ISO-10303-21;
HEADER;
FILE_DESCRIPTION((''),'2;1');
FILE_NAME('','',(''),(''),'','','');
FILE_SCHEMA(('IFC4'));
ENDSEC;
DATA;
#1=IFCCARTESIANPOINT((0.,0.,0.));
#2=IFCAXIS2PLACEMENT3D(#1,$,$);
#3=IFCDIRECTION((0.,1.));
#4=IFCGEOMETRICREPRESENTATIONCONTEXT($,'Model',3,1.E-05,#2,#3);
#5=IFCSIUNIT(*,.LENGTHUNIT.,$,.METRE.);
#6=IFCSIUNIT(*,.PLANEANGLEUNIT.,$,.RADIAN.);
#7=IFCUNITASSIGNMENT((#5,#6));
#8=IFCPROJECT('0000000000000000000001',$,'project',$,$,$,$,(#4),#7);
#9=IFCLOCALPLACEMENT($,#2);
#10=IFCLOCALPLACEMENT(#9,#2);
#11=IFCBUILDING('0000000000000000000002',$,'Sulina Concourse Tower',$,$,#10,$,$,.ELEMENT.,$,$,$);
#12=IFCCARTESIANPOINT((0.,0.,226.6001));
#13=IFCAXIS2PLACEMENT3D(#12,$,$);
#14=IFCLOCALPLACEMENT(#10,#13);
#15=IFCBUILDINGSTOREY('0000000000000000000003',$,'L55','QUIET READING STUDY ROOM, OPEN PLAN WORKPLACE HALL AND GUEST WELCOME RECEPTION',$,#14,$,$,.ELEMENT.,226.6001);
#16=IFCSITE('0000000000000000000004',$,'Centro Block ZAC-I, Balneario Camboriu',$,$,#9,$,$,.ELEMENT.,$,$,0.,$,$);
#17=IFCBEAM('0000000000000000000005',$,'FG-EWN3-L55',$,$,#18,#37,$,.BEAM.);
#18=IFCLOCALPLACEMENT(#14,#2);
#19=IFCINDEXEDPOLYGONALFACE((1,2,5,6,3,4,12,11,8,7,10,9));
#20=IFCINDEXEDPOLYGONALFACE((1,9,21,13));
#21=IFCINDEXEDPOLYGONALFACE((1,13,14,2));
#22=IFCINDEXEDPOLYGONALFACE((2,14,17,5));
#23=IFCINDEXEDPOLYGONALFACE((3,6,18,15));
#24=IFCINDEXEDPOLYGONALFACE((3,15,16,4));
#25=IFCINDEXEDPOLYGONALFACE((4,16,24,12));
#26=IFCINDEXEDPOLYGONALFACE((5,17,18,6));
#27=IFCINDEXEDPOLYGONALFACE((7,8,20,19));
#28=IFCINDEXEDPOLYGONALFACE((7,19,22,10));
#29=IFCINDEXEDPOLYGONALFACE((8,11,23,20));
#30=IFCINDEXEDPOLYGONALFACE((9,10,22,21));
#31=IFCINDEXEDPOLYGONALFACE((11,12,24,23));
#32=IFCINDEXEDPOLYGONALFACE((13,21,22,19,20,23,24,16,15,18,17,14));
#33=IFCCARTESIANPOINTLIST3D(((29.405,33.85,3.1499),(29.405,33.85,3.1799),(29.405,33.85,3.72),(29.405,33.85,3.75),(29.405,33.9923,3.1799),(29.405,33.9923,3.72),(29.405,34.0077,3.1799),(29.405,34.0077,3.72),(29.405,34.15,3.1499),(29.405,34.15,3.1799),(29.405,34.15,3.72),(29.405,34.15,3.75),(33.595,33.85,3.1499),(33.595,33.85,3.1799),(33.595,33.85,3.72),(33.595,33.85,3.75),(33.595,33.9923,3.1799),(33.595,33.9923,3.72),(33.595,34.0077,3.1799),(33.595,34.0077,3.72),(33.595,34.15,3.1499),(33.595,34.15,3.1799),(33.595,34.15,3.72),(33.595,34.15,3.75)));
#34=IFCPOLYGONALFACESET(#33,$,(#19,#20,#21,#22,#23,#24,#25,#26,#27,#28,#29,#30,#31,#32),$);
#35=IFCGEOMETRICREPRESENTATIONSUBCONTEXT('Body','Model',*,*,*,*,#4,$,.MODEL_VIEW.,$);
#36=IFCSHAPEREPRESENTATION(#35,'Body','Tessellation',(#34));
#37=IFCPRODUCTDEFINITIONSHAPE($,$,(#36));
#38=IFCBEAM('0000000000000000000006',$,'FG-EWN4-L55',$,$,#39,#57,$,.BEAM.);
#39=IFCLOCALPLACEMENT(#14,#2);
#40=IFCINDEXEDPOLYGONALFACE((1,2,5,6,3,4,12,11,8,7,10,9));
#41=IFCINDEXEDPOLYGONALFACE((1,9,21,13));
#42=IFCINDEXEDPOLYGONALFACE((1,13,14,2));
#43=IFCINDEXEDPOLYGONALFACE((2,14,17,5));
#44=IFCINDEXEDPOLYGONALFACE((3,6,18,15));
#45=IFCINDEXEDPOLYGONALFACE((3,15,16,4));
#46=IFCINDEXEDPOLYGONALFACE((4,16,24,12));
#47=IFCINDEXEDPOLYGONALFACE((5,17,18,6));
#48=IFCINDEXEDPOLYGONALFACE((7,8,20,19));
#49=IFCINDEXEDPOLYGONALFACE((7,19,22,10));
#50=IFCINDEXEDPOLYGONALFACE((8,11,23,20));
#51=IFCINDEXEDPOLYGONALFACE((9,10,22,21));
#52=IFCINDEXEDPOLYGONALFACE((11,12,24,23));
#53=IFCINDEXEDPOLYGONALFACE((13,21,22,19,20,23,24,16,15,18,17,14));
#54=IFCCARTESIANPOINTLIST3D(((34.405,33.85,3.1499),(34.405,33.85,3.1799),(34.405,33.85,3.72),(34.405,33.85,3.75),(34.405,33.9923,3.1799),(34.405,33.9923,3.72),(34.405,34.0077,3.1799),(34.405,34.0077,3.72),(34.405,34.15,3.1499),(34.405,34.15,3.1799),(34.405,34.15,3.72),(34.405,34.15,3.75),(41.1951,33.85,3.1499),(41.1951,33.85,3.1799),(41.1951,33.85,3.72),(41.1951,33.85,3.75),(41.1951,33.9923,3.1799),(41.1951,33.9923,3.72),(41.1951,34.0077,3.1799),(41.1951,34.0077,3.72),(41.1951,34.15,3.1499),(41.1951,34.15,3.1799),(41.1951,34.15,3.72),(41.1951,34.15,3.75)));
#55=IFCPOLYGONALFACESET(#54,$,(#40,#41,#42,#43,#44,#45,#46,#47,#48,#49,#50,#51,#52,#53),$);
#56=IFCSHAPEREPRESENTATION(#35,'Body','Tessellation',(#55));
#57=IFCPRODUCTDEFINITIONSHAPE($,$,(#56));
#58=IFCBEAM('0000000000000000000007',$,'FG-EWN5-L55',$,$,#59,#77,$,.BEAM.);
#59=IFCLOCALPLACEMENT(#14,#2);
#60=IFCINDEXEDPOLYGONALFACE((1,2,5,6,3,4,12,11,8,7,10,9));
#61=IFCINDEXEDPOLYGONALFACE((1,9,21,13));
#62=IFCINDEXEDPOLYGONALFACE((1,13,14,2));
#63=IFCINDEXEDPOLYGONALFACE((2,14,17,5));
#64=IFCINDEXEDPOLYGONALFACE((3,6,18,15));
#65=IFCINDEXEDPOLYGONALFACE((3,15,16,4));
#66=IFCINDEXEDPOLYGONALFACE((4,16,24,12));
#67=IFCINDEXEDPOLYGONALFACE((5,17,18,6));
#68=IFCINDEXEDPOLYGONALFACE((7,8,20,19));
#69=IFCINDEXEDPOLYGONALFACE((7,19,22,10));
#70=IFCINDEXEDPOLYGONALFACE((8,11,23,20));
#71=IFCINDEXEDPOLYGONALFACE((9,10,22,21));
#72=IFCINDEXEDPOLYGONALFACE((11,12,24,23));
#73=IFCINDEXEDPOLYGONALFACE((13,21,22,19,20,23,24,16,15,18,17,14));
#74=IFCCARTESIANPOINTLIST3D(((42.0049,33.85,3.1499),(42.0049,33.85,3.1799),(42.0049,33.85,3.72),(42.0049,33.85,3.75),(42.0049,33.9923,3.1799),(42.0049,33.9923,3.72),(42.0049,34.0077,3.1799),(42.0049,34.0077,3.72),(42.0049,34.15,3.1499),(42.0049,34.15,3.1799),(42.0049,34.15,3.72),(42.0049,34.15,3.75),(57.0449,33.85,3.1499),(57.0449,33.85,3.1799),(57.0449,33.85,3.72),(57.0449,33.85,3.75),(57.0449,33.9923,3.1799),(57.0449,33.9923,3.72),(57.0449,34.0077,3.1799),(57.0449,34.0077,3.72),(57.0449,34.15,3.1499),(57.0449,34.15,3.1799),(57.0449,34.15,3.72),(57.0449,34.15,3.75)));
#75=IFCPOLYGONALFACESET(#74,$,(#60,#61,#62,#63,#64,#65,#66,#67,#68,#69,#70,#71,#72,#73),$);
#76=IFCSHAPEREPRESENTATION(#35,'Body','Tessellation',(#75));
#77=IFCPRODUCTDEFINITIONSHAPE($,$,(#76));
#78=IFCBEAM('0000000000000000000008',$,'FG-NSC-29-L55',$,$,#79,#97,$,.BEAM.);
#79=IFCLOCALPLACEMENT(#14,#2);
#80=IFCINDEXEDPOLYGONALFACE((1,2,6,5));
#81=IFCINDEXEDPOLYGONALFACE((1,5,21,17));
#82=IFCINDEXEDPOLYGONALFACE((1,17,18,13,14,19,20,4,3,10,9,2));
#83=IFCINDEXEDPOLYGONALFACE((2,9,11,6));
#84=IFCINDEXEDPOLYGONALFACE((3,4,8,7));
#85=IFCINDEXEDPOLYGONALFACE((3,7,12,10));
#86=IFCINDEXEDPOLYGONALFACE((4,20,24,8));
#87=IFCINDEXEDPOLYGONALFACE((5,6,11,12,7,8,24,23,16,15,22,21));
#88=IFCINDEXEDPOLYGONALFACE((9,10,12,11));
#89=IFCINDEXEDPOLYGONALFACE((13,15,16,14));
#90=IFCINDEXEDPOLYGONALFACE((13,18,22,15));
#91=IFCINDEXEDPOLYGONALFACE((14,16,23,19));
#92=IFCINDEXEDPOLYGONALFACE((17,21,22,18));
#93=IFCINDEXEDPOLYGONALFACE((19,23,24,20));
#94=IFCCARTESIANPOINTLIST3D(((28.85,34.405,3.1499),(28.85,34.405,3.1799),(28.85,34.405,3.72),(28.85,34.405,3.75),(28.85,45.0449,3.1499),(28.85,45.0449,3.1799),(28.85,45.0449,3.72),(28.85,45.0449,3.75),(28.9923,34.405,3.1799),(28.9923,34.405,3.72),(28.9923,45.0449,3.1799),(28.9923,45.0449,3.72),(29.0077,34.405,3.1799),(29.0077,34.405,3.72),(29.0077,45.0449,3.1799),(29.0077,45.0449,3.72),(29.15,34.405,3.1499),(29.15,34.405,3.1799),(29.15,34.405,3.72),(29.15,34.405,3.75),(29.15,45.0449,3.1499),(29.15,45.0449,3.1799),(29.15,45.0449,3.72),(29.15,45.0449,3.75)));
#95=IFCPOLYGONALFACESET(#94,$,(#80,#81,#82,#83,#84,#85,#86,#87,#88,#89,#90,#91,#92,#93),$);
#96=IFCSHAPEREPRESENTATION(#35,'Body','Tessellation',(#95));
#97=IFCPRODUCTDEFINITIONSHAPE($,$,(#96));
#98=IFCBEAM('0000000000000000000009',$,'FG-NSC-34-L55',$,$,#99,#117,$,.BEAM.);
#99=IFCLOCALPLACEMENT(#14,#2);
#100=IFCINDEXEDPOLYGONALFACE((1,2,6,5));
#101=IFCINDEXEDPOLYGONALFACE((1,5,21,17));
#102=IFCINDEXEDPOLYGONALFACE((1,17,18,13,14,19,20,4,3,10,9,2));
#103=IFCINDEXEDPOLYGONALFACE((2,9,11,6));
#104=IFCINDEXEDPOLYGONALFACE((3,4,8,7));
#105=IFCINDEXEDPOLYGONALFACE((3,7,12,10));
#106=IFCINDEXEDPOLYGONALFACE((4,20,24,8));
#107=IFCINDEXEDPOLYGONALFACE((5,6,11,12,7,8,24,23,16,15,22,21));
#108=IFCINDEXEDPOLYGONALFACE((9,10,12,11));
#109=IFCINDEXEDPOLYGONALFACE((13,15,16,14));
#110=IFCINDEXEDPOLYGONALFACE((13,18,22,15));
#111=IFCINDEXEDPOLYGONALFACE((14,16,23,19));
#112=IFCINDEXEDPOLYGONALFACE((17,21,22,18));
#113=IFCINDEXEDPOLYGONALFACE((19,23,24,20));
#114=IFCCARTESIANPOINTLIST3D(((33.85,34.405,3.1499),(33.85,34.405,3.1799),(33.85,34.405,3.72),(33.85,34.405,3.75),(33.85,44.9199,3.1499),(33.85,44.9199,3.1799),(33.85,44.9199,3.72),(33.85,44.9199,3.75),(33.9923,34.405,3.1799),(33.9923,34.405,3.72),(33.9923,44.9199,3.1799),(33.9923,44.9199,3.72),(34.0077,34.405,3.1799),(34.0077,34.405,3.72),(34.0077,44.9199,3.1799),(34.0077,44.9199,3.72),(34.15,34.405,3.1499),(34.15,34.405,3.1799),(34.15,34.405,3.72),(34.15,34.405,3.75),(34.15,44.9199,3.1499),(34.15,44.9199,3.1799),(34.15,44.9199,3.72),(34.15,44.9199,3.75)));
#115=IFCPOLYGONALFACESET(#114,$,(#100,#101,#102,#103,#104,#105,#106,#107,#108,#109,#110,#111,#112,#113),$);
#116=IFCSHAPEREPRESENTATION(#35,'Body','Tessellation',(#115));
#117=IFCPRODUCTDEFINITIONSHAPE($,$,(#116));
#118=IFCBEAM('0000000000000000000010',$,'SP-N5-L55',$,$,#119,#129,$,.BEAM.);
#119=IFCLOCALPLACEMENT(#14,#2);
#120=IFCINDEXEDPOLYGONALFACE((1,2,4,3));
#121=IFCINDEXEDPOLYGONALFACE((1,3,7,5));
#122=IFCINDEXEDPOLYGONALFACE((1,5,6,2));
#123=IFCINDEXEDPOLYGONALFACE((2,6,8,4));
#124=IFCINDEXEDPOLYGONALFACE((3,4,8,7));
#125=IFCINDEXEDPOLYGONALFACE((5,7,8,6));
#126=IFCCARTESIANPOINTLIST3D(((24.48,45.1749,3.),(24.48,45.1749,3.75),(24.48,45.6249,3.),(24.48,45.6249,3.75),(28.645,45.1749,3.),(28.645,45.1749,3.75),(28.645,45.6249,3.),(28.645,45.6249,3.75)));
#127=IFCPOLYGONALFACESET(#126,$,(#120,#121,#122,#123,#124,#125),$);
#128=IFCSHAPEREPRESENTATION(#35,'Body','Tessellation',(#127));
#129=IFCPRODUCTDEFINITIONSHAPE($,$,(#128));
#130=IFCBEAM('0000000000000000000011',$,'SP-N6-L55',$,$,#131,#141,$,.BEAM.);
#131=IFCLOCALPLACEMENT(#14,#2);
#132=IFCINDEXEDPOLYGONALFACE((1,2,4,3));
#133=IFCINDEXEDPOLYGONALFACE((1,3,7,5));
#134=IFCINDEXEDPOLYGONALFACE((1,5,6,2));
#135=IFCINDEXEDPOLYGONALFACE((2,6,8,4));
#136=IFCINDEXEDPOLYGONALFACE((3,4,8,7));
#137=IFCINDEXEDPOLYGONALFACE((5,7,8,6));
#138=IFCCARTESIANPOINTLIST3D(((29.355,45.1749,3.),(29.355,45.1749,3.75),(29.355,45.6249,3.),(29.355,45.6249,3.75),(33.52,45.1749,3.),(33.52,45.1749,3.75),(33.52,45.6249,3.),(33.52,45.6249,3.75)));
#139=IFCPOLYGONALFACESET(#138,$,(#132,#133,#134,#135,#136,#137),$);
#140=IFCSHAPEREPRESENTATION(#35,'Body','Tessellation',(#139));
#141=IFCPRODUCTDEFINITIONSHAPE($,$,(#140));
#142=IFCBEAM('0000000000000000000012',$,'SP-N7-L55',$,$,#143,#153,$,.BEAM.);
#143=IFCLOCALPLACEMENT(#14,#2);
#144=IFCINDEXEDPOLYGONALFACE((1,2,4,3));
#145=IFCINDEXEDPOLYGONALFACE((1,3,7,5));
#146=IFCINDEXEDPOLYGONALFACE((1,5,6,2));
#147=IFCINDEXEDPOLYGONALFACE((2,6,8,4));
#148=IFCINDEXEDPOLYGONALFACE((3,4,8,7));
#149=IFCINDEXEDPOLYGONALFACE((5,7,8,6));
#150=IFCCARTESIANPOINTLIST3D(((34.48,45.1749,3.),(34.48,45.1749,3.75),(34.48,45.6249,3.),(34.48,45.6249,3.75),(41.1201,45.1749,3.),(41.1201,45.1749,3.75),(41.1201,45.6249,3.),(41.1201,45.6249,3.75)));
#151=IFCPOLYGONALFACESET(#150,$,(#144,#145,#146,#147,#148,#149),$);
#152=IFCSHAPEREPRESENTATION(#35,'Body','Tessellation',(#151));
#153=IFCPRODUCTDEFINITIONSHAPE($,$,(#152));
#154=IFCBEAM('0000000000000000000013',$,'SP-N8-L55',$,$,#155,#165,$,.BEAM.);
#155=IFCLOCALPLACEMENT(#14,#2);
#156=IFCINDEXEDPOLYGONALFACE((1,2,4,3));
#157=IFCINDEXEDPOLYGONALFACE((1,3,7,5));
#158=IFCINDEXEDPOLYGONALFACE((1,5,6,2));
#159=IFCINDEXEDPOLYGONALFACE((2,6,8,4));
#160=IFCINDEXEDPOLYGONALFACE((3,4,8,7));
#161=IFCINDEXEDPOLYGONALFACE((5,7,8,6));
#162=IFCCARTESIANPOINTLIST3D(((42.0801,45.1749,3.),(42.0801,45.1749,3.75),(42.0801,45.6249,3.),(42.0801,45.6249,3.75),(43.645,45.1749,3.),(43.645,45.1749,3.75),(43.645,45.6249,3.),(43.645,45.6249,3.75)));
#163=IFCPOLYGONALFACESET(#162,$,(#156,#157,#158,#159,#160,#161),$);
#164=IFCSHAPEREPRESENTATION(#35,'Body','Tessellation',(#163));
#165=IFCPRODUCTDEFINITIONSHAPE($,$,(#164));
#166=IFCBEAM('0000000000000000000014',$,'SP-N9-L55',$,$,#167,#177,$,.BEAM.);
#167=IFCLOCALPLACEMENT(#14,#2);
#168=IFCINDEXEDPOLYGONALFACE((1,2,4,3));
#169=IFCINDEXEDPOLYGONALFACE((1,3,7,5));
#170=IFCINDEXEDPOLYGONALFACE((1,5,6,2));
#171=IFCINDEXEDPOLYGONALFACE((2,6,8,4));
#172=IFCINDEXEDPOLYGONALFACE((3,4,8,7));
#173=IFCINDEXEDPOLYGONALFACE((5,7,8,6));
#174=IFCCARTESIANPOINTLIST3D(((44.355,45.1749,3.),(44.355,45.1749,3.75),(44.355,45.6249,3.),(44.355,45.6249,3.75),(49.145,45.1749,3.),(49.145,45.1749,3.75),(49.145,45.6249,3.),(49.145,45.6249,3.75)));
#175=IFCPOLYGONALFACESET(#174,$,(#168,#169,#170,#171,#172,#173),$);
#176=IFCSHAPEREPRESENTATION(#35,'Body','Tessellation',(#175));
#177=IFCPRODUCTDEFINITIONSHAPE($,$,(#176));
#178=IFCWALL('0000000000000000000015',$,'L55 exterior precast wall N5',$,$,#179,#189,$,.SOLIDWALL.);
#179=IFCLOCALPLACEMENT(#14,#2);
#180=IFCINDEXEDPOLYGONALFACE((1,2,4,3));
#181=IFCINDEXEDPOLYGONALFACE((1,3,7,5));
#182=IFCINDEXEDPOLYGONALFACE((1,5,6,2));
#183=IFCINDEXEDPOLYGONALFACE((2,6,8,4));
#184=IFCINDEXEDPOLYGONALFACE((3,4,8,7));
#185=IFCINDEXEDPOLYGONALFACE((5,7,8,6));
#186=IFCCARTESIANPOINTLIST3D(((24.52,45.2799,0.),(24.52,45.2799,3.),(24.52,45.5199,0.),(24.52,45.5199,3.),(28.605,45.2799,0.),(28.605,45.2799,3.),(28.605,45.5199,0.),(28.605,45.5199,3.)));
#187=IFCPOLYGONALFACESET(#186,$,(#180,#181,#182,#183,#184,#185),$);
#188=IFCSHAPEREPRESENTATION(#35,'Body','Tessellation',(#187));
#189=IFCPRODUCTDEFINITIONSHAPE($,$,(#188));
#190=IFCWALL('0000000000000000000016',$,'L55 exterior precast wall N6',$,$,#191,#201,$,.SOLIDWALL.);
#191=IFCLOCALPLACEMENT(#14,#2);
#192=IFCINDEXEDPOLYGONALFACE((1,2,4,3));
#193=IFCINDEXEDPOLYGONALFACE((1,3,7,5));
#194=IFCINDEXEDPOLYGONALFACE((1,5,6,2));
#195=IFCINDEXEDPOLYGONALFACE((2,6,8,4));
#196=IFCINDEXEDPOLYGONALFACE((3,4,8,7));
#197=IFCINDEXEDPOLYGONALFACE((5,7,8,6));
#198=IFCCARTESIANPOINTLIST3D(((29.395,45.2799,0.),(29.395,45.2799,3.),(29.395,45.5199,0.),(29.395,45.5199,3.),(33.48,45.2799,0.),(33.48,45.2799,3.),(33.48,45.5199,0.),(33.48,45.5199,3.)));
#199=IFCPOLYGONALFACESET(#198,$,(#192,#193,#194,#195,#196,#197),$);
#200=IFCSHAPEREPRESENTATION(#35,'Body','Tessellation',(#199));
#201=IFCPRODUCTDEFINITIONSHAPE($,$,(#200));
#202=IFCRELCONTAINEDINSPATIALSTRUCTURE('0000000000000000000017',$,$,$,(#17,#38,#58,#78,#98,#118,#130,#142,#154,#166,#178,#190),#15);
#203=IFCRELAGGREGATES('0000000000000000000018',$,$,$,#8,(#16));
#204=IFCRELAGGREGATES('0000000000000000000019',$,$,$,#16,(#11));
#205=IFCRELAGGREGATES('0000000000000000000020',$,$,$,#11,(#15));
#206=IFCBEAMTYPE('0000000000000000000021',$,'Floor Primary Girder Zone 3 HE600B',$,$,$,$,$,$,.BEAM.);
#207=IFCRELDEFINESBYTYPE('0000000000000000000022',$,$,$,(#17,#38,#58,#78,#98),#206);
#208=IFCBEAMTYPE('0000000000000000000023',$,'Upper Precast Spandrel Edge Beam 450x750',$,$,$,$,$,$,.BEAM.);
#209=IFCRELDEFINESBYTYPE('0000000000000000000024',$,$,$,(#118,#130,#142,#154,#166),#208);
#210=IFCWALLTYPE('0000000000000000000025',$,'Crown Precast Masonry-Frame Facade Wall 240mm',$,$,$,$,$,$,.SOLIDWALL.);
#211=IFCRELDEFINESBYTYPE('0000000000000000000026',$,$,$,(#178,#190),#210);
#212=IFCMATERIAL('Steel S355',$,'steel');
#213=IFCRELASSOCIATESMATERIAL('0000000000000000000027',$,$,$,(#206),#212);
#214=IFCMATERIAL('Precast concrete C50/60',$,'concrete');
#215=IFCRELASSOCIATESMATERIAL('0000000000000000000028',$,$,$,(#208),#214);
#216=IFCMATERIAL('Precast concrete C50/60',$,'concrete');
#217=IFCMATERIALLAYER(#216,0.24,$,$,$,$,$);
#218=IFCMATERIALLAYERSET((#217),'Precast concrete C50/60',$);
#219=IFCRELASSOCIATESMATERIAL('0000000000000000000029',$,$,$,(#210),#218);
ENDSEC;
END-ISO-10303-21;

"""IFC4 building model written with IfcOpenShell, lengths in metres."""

from ifc_helpers import new_model, si_unit, direction, frame, frame_2d, origin, origin_2d, place, context, subcontext, project, spatial, rectangle, i_section, extrude, material, layer, layer_set, material_profile, profile_set, type_object, element, save


model = new_model("IFC4")

# Units and contexts
model_context = context("Model", 3, precision=1e-05, world=origin(), true_north=direction((0.0, 1.0)))
body_context = subcontext(model_context, "Body", "Model", "MODEL_VIEW")
ifc_project = project(units=[si_unit("LENGTHUNIT", "METRE"), si_unit("PLANEANGLEUNIT", "RADIAN")], contexts=[model_context])

# Site, building, storey
site_placement = place(None, origin())
site = spatial("IfcSite", under=ifc_project, at=site_placement, Name="Centro Block ZAC-I, Balneario Camboriu", CompositionType="ELEMENT", RefElevation=0.0)
building_placement = place(site_placement, origin())
building = spatial("IfcBuilding", under=site, at=building_placement, Name="Sulina Concourse Tower", CompositionType="ELEMENT")
storey_placement = place(building_placement, frame((0.0, 0.0, 226.6001)))
storey = spatial("IfcBuildingStorey", under=building, at=storey_placement, Name="L55", Description="QUIET READING STUDY ROOM, OPEN PLAN WORKPLACE HALL AND GUEST WELCOME RECEPTION", CompositionType="ELEMENT", Elevation=226.6001)

# Beams
ifc_material_1 = material(Name="Steel S355", Category="steel")
ifc_material_profile_1 = material_profile(ifc_material_1, i_section(OverallWidth=0.3, OverallDepth=0.6001, WebThickness=0.0154, FlangeThickness=0.03, at=origin_2d()), Name="HE 600 B")
ifc_profile_set_1 = profile_set([ifc_material_profile_1], Name="Steel S355")
beam_type_1 = type_object("IfcBeamType", Name="Floor Primary Girder Zone 3 HE600B", PredefinedType="BEAM", material=ifc_profile_set_1)
beam_1_placement = place(storey_placement, frame((29.405, 34.0, 3.45), z_axis=(1.0, 0.0, 0.0), x_axis=(0.0, 1.0, 0.0)))
element("IfcBeam", 1, at=beam_1_placement, inside=storey, type_object=beam_type_1, Name="FG-EWN3-L55", PredefinedType="BEAM", context=body_context, shape_type="SweptSolid", body=[
    extrude(i_section(OverallWidth=0.3, OverallDepth=0.6001, WebThickness=0.0154, FlangeThickness=0.03, at=origin_2d()), origin(), (0.0, 0.0, 1.0), 4.1899),
])
beam_2_placement = place(storey_placement, frame((34.405, 34.0, 3.45), z_axis=(1.0, 0.0, 0.0), x_axis=(0.0, 1.0, 0.0)))
element("IfcBeam", 2, at=beam_2_placement, inside=storey, type_object=beam_type_1, Name="FG-EWN4-L55", PredefinedType="BEAM", context=body_context, shape_type="SweptSolid", body=[
    extrude(i_section(OverallWidth=0.3, OverallDepth=0.6001, WebThickness=0.0154, FlangeThickness=0.03, at=origin_2d()), origin(), (0.0, 0.0, 1.0), 6.79),
])
beam_3_placement = place(storey_placement, frame((42.0049, 34.0, 3.45), z_axis=(1.0, 0.0, 0.0), x_axis=(0.0, 1.0, 0.0)))
element("IfcBeam", 3, at=beam_3_placement, inside=storey, type_object=beam_type_1, Name="FG-EWN5-L55", PredefinedType="BEAM", context=body_context, shape_type="SweptSolid", body=[
    extrude(i_section(OverallWidth=0.3, OverallDepth=0.6001, WebThickness=0.0154, FlangeThickness=0.03, at=origin_2d()), origin(), (0.0, 0.0, 1.0), 15.04),
])
beam_4_placement = place(storey_placement, frame((29.0, 34.405, 3.45), z_axis=(0.0, 1.0, 0.0), x_axis=(-1.0, 0.0, 0.0)))
element("IfcBeam", 4, at=beam_4_placement, inside=storey, type_object=beam_type_1, Name="FG-NSC-29-L55", PredefinedType="BEAM", context=body_context, shape_type="SweptSolid", body=[
    extrude(i_section(OverallWidth=0.3, OverallDepth=0.6001, WebThickness=0.0154, FlangeThickness=0.03, at=origin_2d()), origin(), (0.0, 0.0, 1.0), 10.6399),
])
beam_5_placement = place(storey_placement, frame((34.0, 34.405, 3.45), z_axis=(0.0, 1.0, 0.0), x_axis=(-1.0, 0.0, 0.0)))
element("IfcBeam", 5, at=beam_5_placement, inside=storey, type_object=beam_type_1, Name="FG-NSC-34-L55", PredefinedType="BEAM", context=body_context, shape_type="SweptSolid", body=[
    extrude(i_section(OverallWidth=0.3, OverallDepth=0.6001, WebThickness=0.0154, FlangeThickness=0.03, at=origin_2d()), origin(), (0.0, 0.0, 1.0), 10.5149),
])
ifc_material_2 = material(Name="Precast concrete C50/60", Category="concrete")
ifc_material_profile_2 = material_profile(ifc_material_2, rectangle(XDim=0.45, YDim=0.75, at=origin_2d()), Name="RC 450x750")
ifc_profile_set_2 = profile_set([ifc_material_profile_2], Name="Precast concrete C50/60")
beam_type_2 = type_object("IfcBeamType", Name="Upper Precast Spandrel Edge Beam 450x750", PredefinedType="BEAM", material=ifc_profile_set_2)
for number, where, z_axis, x_axis, name in (
    (6, (24.48, 45.3999, 3.375), (1.0, 0.0, 0.0), (0.0, 1.0, 0.0), "SP-N5-L55"),
    (7, (29.355, 45.3999, 3.375), (1.0, 0.0, 0.0), (0.0, 1.0, 0.0), "SP-N6-L55"),
):
    element("IfcBeam", number, at=place(storey_placement, frame(where, z_axis=z_axis, x_axis=x_axis)), inside=storey, type_object=beam_type_2, Name=name, PredefinedType="BEAM", context=body_context, shape_type="SweptSolid", body=[
        extrude(rectangle(XDim=0.45, YDim=0.75, at=origin_2d()), origin(), (0.0, 0.0, 1.0), 4.165),
    ])
beam_6_placement = place(storey_placement, frame((34.48, 45.3999, 3.375), z_axis=(1.0, 0.0, 0.0), x_axis=(0.0, 1.0, 0.0)))
element("IfcBeam", 8, at=beam_6_placement, inside=storey, type_object=beam_type_2, Name="SP-N7-L55", PredefinedType="BEAM", context=body_context, shape_type="SweptSolid", body=[
    extrude(rectangle(XDim=0.45, YDim=0.75, at=origin_2d()), origin(), (0.0, 0.0, 1.0), 6.6401),
])
beam_7_placement = place(storey_placement, frame((42.0801, 45.3999, 3.375), z_axis=(1.0, 0.0, 0.0), x_axis=(0.0, 1.0, 0.0)))
element("IfcBeam", 9, at=beam_7_placement, inside=storey, type_object=beam_type_2, Name="SP-N8-L55", PredefinedType="BEAM", context=body_context, shape_type="SweptSolid", body=[
    extrude(rectangle(XDim=0.45, YDim=0.75, at=origin_2d()), origin(), (0.0, 0.0, 1.0), 1.5649),
])
beam_8_placement = place(storey_placement, frame((44.355, 45.3999, 3.375), z_axis=(1.0, 0.0, 0.0), x_axis=(0.0, 1.0, 0.0)))
element("IfcBeam", 10, at=beam_8_placement, inside=storey, type_object=beam_type_2, Name="SP-N9-L55", PredefinedType="BEAM", context=body_context, shape_type="SweptSolid", body=[
    extrude(rectangle(XDim=0.45, YDim=0.75, at=origin_2d()), origin(), (0.0, 0.0, 1.0), 4.79),
])

# Walls
ifc_material_3 = material(Name="Precast concrete C50/60", Category="concrete")
ifc_layer_1 = layer(ifc_material_3, 0.24)
ifc_layer_set_1 = layer_set([ifc_layer_1], Name="Precast concrete C50/60")
wall_type_1 = type_object("IfcWallType", Name="Crown Precast Masonry-Frame Facade Wall 240mm", PredefinedType="SOLIDWALL", material=ifc_layer_set_1)
for number, where, z_axis, x_axis, name in (
    (11, (24.52, 45.3999, 0.0), (0.0, 0.0, 1.0), (1.0, 0.0, 0.0), "L55 exterior precast wall N5"),
    (12, (29.395, 45.3999, 0.0), (0.0, 0.0, 1.0), (1.0, 0.0, 0.0), "L55 exterior precast wall N6"),
):
    element("IfcWall", number, at=place(storey_placement, frame(where, z_axis=z_axis, x_axis=x_axis)), inside=storey, type_object=wall_type_1, Name=name, PredefinedType="SOLIDWALL", context=body_context, shape_type="SweptSolid", body=[
        extrude(rectangle(XDim=4.085, YDim=0.24, at=frame_2d((2.0425, 0.0))), origin(), (0.0, 0.0, 1.0), 3.0),
    ])

save(model, "model.ifc")
